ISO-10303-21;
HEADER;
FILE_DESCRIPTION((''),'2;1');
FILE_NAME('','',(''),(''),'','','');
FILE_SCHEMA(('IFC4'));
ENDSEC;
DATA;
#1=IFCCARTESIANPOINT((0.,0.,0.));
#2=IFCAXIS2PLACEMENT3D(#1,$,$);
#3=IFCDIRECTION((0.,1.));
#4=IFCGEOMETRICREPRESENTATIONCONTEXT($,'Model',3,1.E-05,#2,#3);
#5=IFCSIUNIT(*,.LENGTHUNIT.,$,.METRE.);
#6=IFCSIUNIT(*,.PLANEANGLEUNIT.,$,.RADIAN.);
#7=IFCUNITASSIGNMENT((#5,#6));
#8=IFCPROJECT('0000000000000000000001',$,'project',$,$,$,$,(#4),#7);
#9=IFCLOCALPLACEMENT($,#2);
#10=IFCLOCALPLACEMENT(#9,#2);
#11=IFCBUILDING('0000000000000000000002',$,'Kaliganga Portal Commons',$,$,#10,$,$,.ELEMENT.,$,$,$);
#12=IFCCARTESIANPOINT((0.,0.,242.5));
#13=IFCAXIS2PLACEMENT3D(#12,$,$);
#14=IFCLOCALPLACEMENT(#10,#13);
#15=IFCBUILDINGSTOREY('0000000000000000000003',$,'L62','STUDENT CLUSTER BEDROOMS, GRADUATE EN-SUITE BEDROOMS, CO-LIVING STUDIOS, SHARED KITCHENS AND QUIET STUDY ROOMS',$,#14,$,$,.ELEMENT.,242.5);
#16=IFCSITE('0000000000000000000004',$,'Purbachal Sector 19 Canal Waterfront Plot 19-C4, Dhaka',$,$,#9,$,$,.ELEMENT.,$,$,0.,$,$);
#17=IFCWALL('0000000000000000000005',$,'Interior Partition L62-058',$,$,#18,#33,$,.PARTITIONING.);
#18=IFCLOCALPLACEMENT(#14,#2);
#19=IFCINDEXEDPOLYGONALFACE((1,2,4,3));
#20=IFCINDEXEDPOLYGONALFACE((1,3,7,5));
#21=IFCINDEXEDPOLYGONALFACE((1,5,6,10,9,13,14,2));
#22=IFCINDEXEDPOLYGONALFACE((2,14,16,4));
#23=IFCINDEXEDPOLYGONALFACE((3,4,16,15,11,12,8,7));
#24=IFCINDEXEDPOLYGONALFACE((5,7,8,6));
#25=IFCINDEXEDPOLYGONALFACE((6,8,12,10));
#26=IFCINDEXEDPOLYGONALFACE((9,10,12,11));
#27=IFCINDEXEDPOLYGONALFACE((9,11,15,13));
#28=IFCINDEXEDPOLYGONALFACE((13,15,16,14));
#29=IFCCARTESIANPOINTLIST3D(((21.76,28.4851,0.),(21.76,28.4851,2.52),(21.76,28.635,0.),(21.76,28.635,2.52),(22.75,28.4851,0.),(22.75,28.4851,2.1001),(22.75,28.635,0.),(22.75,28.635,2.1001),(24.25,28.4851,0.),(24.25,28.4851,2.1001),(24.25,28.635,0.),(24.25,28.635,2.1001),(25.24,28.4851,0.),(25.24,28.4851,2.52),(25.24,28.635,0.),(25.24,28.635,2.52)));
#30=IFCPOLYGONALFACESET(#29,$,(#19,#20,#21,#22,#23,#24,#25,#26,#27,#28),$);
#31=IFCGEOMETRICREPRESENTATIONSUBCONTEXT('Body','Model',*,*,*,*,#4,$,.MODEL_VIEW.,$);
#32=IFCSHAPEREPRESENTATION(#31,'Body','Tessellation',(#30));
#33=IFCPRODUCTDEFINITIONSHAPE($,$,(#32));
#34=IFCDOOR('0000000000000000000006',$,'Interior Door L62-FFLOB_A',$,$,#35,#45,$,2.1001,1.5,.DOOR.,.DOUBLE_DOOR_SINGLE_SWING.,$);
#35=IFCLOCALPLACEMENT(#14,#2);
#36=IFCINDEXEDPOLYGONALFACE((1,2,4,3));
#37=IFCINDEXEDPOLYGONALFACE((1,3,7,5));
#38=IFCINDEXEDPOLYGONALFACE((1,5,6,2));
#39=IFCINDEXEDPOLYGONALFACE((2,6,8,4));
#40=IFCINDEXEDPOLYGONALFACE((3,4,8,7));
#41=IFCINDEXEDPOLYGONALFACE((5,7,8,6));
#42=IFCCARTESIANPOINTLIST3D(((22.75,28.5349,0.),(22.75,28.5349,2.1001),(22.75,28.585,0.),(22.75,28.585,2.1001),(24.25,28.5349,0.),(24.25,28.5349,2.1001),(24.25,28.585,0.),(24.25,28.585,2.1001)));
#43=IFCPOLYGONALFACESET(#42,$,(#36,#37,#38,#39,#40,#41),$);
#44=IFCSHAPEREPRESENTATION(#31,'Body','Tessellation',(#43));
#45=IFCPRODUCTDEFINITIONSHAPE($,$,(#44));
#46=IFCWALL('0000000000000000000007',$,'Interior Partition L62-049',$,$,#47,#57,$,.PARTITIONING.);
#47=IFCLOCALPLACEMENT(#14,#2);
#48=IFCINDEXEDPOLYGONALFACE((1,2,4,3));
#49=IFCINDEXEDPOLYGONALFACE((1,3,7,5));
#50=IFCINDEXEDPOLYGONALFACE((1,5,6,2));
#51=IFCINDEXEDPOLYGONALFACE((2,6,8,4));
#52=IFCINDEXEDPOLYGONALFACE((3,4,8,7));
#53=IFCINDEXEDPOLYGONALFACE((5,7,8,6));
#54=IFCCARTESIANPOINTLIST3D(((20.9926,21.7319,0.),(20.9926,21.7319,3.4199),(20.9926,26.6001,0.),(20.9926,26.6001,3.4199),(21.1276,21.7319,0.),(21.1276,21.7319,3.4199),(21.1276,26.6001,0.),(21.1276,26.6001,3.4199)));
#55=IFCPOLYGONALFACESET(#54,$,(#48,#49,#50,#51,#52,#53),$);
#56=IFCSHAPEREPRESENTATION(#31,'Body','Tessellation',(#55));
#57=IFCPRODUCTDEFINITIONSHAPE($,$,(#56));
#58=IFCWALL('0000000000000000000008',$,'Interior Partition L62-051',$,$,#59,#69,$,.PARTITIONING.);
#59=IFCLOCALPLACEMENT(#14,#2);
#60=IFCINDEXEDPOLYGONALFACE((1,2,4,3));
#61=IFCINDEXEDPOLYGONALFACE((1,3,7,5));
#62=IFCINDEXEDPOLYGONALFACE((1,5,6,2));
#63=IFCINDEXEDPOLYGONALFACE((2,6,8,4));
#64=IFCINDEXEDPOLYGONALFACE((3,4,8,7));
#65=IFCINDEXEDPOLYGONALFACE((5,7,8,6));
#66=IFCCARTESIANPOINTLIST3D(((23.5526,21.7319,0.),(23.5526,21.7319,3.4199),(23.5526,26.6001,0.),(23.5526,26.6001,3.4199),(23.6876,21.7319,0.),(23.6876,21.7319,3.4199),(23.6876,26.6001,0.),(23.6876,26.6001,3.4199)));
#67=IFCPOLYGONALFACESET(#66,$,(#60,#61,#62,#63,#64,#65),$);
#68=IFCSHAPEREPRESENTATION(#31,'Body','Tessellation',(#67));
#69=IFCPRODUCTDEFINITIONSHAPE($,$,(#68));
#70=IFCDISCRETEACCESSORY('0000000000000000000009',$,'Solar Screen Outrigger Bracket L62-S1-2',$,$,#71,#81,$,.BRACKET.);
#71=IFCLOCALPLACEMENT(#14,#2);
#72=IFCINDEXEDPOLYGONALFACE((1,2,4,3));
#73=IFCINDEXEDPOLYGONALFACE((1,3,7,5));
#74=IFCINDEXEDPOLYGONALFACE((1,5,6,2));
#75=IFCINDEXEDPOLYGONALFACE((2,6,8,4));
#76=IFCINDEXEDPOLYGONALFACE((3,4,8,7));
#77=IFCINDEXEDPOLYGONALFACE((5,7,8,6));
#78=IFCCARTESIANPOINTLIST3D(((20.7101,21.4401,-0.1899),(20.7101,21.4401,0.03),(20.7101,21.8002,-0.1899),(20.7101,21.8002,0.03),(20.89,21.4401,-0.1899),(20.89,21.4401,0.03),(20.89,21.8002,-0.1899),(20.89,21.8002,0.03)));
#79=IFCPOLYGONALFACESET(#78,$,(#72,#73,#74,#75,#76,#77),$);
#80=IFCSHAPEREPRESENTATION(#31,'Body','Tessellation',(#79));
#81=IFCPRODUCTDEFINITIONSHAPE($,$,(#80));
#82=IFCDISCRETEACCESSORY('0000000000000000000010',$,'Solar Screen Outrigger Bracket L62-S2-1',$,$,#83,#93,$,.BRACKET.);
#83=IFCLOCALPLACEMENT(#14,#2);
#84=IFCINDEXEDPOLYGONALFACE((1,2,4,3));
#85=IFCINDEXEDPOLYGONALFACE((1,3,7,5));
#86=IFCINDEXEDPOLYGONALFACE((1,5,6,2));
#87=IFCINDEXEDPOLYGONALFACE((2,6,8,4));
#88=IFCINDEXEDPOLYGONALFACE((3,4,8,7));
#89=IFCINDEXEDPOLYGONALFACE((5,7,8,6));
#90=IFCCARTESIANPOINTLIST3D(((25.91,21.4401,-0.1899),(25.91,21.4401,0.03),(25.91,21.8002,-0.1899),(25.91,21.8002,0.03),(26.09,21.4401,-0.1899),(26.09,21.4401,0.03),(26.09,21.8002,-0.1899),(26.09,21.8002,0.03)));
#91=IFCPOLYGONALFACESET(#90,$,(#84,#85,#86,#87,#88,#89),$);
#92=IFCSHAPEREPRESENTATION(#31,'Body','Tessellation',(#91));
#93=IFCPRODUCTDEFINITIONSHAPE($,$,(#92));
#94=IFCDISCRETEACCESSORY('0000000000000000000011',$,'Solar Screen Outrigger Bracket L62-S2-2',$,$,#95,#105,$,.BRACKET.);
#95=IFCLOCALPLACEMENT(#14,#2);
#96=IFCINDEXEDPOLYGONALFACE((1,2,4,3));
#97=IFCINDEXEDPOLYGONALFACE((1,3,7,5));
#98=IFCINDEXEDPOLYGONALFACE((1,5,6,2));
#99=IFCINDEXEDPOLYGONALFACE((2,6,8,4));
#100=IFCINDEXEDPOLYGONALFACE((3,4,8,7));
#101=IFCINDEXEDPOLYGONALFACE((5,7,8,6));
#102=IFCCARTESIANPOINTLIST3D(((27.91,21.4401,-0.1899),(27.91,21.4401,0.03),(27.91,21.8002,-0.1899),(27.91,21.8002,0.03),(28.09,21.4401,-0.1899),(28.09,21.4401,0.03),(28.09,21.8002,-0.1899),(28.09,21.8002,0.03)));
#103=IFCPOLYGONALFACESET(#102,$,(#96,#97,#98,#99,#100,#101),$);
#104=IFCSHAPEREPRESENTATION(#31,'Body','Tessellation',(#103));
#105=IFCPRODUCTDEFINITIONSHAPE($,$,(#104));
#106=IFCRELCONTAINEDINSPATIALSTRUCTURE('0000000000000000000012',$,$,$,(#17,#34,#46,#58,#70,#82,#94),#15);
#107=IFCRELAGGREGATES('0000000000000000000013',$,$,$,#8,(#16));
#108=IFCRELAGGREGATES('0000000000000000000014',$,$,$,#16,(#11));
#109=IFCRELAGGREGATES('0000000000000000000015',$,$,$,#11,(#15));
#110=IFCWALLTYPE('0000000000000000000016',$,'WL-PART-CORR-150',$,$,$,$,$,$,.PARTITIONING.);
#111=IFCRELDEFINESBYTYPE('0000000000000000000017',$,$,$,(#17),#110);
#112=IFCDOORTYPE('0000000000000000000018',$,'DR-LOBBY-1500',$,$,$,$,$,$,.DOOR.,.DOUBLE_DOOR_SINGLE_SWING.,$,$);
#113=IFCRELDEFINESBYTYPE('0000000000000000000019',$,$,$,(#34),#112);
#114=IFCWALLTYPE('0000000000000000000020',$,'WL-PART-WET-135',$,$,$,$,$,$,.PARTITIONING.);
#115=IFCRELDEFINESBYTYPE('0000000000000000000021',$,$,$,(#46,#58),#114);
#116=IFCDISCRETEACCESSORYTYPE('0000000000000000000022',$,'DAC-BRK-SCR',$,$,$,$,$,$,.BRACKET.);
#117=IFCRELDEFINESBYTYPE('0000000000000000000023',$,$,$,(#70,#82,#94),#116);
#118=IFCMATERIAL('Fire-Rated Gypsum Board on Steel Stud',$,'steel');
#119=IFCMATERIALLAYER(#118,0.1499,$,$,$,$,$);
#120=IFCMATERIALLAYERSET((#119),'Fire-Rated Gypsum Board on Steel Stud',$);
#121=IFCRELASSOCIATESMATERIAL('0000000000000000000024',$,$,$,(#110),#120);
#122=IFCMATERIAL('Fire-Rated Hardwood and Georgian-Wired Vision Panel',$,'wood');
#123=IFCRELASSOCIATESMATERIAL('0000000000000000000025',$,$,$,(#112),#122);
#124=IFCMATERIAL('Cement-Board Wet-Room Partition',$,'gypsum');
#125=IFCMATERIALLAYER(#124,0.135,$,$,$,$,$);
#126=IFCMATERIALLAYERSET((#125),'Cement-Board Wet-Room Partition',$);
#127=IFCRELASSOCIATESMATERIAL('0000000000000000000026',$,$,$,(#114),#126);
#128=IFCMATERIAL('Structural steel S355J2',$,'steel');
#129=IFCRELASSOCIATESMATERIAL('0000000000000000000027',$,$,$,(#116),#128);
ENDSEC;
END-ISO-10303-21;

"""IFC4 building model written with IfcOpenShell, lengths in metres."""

from ifc_helpers import new_model, si_unit, direction, frame, frame_2d, origin, origin_2d, place, context, subcontext, project, spatial, rectangle, extrude, source, transform, mapped, material, layer, layer_set, type_object, element, fill, save


model = new_model("IFC4")

# Units and contexts
model_context = context("Model", 3, precision=1e-05, world=origin(), true_north=direction((0.0, 1.0)))
body_context = subcontext(model_context, "Body", "Model", "MODEL_VIEW")
ifc_project = project(units=[si_unit("LENGTHUNIT", "METRE"), si_unit("PLANEANGLEUNIT", "RADIAN")], contexts=[model_context])

# Site, building, storey
site_placement = place(None, origin())
site = spatial("IfcSite", under=ifc_project, at=site_placement, Name="Purbachal Sector 19 Canal Waterfront Plot 19-C4, Dhaka", CompositionType="ELEMENT", RefElevation=0.0)
building_placement = place(site_placement, origin())
building = spatial("IfcBuilding", under=site, at=building_placement, Name="Kaliganga Portal Commons", CompositionType="ELEMENT")
storey_placement = place(building_placement, frame((0.0, 0.0, 242.5)))
storey = spatial("IfcBuildingStorey", under=building, at=storey_placement, Name="L62", Description="STUDENT CLUSTER BEDROOMS, GRADUATE EN-SUITE BEDROOMS, CO-LIVING STUDIOS, SHARED KITCHENS AND QUIET STUDY ROOMS", CompositionType="ELEMENT", Elevation=242.5)

# Shared definitions
ifc_material_1 = material(Name="Structural steel S355J2", Category="steel")

# Shared definitions
ifc_material_2 = material(Name="Fire-Rated Gypsum Board on Steel Stud", Category="steel")
ifc_layer_1 = layer(ifc_material_2, 0.1499)
ifc_layer_set_1 = layer_set([ifc_layer_1], Name="Fire-Rated Gypsum Board on Steel Stud")
wall_type_1 = type_object("IfcWallType", Name="WL-PART-CORR-150", PredefinedType="PARTITIONING", material=ifc_layer_set_1)

# Wall, opening, door
wall_1_placement = place(storey_placement, frame((21.76, 28.5601, 0.0), z_axis=(0.0, 0.0, 1.0), x_axis=(1.0, 0.0, 0.0)))
wall_1 = element("IfcWall", 1, at=wall_1_placement, inside=storey, type_object=wall_type_1, Name="Interior Partition L62-058", PredefinedType="PARTITIONING", context=body_context, shape_type="SweptSolid", body=[
    extrude(rectangle(XDim=3.48, YDim=0.1499, at=frame_2d((1.74, 0.0))), origin(), (0.0, 0.0, 1.0), 2.52),
])
opening_1_placement = place(wall_1_placement, frame((0.99, 0.0, 0.0)))
opening_1 = element("IfcOpeningElement", 2, at=opening_1_placement, cuts=wall_1, PredefinedType="OPENING", context=body_context, shape_type="SweptSolid", body=[
    extrude(rectangle(XDim=1.5, YDim=2.1001, at=frame_2d((0.75, 1.05))), frame((0.0, 0.085, 0.0), z_axis=(0.0, -1.0, 0.0), x_axis=(1.0, 0.0, 0.0)), (0.0, 0.0, 1.0), 0.1699),
])
ifc_material_3 = material(Name="Fire-Rated Hardwood and Georgian-Wired Vision Panel", Category="wood")
door_type_1 = type_object("IfcDoorType", Name="DR-LOBBY-1500", OperationType="DOUBLE_DOOR_SINGLE_SWING", PredefinedType="DOOR", material=ifc_material_3)
door_1_placement = place(opening_1_placement, origin())
door_1 = element("IfcDoor", 3, at=door_1_placement, inside=storey, type_object=door_type_1, Name="Interior Door L62-FFLOB_A", OperationType="DOUBLE_DOOR_SINGLE_SWING", OverallHeight=2.1001, OverallWidth=1.5, PredefinedType="DOOR", context=body_context, shape_type="SweptSolid", body=[
    extrude(rectangle(XDim=1.5, YDim=2.1001, at=frame_2d((0.75, 1.05))), frame((0.0, 0.0249, 0.0), z_axis=(0.0, -1.0, 0.0), x_axis=(1.0, 0.0, 0.0)), (0.0, 0.0, 1.0), 0.05),
])
fill(opening_1, door_1)

# Walls
ifc_material_4 = material(Name="Cement-Board Wet-Room Partition", Category="gypsum")
ifc_layer_2 = layer(ifc_material_4, 0.135)
ifc_layer_set_2 = layer_set([ifc_layer_2], Name="Cement-Board Wet-Room Partition")
wall_type_2 = type_object("IfcWallType", Name="WL-PART-WET-135", PredefinedType="PARTITIONING", material=ifc_layer_set_2)
for number, where, z_axis, x_axis, name in (
    (4, (21.0601, 21.7319, 0.0), (0.0, 0.0, 1.0), (0.0, 1.0, 0.0), "Interior Partition L62-049"),
    (5, (23.6201, 21.7319, 0.0), (0.0, 0.0, 1.0), (0.0, 1.0, 0.0), "Interior Partition L62-051"),
):
    element("IfcWall", number, at=place(storey_placement, frame(where, z_axis=z_axis, x_axis=x_axis)), inside=storey, type_object=wall_type_2, Name=name, PredefinedType="PARTITIONING", context=body_context, shape_type="SweptSolid", body=[
        extrude(rectangle(XDim=4.8682, YDim=0.135, at=frame_2d((2.4341, 0.0))), origin(), (0.0, 0.0, 1.0), 3.4199),
    ])

# Discrete accessories
discrete_accessory_type = type_object("IfcDiscreteAccessoryType", Name="DAC-BRK-SCR", PredefinedType="BRACKET", material=ifc_material_1)
shared_shape_1 = source(origin(), body_context, "Body", "SweptSolid", [
    extrude(rectangle(XDim=0.1799, YDim=0.3601, at=origin_2d()), origin(), (0.0, 0.0, 1.0), 0.22),
])
for number, where, z_axis, x_axis, name in (
    (6, (20.8, 21.6201, -0.1899), (0.0, 0.0, 1.0), (1.0, 0.0, 0.0), "Solar Screen Outrigger Bracket L62-S1-2"),
    (7, (26.0, 21.6201, -0.1899), (0.0, 0.0, 1.0), (1.0, 0.0, 0.0), "Solar Screen Outrigger Bracket L62-S2-1"),
    (8, (28.0, 21.6201, -0.1899), (0.0, 0.0, 1.0), (1.0, 0.0, 0.0), "Solar Screen Outrigger Bracket L62-S2-2"),
):
    element("IfcDiscreteAccessory", number, at=place(storey_placement, frame(where, z_axis=z_axis, x_axis=x_axis)), inside=storey, type_object=discrete_accessory_type, Name=name, PredefinedType="BRACKET", context=body_context, shape_type="MappedRepresentation", body=[
        mapped(shared_shape_1, transform((0.0, 0.0, 0.0), x_axis=(1.0, 0.0, 0.0), y_axis=(0.0, 1.0, 0.0), z_axis=(0.0, 0.0, 1.0), scale=1.0)),
    ])

save(model, "model.ifc")
